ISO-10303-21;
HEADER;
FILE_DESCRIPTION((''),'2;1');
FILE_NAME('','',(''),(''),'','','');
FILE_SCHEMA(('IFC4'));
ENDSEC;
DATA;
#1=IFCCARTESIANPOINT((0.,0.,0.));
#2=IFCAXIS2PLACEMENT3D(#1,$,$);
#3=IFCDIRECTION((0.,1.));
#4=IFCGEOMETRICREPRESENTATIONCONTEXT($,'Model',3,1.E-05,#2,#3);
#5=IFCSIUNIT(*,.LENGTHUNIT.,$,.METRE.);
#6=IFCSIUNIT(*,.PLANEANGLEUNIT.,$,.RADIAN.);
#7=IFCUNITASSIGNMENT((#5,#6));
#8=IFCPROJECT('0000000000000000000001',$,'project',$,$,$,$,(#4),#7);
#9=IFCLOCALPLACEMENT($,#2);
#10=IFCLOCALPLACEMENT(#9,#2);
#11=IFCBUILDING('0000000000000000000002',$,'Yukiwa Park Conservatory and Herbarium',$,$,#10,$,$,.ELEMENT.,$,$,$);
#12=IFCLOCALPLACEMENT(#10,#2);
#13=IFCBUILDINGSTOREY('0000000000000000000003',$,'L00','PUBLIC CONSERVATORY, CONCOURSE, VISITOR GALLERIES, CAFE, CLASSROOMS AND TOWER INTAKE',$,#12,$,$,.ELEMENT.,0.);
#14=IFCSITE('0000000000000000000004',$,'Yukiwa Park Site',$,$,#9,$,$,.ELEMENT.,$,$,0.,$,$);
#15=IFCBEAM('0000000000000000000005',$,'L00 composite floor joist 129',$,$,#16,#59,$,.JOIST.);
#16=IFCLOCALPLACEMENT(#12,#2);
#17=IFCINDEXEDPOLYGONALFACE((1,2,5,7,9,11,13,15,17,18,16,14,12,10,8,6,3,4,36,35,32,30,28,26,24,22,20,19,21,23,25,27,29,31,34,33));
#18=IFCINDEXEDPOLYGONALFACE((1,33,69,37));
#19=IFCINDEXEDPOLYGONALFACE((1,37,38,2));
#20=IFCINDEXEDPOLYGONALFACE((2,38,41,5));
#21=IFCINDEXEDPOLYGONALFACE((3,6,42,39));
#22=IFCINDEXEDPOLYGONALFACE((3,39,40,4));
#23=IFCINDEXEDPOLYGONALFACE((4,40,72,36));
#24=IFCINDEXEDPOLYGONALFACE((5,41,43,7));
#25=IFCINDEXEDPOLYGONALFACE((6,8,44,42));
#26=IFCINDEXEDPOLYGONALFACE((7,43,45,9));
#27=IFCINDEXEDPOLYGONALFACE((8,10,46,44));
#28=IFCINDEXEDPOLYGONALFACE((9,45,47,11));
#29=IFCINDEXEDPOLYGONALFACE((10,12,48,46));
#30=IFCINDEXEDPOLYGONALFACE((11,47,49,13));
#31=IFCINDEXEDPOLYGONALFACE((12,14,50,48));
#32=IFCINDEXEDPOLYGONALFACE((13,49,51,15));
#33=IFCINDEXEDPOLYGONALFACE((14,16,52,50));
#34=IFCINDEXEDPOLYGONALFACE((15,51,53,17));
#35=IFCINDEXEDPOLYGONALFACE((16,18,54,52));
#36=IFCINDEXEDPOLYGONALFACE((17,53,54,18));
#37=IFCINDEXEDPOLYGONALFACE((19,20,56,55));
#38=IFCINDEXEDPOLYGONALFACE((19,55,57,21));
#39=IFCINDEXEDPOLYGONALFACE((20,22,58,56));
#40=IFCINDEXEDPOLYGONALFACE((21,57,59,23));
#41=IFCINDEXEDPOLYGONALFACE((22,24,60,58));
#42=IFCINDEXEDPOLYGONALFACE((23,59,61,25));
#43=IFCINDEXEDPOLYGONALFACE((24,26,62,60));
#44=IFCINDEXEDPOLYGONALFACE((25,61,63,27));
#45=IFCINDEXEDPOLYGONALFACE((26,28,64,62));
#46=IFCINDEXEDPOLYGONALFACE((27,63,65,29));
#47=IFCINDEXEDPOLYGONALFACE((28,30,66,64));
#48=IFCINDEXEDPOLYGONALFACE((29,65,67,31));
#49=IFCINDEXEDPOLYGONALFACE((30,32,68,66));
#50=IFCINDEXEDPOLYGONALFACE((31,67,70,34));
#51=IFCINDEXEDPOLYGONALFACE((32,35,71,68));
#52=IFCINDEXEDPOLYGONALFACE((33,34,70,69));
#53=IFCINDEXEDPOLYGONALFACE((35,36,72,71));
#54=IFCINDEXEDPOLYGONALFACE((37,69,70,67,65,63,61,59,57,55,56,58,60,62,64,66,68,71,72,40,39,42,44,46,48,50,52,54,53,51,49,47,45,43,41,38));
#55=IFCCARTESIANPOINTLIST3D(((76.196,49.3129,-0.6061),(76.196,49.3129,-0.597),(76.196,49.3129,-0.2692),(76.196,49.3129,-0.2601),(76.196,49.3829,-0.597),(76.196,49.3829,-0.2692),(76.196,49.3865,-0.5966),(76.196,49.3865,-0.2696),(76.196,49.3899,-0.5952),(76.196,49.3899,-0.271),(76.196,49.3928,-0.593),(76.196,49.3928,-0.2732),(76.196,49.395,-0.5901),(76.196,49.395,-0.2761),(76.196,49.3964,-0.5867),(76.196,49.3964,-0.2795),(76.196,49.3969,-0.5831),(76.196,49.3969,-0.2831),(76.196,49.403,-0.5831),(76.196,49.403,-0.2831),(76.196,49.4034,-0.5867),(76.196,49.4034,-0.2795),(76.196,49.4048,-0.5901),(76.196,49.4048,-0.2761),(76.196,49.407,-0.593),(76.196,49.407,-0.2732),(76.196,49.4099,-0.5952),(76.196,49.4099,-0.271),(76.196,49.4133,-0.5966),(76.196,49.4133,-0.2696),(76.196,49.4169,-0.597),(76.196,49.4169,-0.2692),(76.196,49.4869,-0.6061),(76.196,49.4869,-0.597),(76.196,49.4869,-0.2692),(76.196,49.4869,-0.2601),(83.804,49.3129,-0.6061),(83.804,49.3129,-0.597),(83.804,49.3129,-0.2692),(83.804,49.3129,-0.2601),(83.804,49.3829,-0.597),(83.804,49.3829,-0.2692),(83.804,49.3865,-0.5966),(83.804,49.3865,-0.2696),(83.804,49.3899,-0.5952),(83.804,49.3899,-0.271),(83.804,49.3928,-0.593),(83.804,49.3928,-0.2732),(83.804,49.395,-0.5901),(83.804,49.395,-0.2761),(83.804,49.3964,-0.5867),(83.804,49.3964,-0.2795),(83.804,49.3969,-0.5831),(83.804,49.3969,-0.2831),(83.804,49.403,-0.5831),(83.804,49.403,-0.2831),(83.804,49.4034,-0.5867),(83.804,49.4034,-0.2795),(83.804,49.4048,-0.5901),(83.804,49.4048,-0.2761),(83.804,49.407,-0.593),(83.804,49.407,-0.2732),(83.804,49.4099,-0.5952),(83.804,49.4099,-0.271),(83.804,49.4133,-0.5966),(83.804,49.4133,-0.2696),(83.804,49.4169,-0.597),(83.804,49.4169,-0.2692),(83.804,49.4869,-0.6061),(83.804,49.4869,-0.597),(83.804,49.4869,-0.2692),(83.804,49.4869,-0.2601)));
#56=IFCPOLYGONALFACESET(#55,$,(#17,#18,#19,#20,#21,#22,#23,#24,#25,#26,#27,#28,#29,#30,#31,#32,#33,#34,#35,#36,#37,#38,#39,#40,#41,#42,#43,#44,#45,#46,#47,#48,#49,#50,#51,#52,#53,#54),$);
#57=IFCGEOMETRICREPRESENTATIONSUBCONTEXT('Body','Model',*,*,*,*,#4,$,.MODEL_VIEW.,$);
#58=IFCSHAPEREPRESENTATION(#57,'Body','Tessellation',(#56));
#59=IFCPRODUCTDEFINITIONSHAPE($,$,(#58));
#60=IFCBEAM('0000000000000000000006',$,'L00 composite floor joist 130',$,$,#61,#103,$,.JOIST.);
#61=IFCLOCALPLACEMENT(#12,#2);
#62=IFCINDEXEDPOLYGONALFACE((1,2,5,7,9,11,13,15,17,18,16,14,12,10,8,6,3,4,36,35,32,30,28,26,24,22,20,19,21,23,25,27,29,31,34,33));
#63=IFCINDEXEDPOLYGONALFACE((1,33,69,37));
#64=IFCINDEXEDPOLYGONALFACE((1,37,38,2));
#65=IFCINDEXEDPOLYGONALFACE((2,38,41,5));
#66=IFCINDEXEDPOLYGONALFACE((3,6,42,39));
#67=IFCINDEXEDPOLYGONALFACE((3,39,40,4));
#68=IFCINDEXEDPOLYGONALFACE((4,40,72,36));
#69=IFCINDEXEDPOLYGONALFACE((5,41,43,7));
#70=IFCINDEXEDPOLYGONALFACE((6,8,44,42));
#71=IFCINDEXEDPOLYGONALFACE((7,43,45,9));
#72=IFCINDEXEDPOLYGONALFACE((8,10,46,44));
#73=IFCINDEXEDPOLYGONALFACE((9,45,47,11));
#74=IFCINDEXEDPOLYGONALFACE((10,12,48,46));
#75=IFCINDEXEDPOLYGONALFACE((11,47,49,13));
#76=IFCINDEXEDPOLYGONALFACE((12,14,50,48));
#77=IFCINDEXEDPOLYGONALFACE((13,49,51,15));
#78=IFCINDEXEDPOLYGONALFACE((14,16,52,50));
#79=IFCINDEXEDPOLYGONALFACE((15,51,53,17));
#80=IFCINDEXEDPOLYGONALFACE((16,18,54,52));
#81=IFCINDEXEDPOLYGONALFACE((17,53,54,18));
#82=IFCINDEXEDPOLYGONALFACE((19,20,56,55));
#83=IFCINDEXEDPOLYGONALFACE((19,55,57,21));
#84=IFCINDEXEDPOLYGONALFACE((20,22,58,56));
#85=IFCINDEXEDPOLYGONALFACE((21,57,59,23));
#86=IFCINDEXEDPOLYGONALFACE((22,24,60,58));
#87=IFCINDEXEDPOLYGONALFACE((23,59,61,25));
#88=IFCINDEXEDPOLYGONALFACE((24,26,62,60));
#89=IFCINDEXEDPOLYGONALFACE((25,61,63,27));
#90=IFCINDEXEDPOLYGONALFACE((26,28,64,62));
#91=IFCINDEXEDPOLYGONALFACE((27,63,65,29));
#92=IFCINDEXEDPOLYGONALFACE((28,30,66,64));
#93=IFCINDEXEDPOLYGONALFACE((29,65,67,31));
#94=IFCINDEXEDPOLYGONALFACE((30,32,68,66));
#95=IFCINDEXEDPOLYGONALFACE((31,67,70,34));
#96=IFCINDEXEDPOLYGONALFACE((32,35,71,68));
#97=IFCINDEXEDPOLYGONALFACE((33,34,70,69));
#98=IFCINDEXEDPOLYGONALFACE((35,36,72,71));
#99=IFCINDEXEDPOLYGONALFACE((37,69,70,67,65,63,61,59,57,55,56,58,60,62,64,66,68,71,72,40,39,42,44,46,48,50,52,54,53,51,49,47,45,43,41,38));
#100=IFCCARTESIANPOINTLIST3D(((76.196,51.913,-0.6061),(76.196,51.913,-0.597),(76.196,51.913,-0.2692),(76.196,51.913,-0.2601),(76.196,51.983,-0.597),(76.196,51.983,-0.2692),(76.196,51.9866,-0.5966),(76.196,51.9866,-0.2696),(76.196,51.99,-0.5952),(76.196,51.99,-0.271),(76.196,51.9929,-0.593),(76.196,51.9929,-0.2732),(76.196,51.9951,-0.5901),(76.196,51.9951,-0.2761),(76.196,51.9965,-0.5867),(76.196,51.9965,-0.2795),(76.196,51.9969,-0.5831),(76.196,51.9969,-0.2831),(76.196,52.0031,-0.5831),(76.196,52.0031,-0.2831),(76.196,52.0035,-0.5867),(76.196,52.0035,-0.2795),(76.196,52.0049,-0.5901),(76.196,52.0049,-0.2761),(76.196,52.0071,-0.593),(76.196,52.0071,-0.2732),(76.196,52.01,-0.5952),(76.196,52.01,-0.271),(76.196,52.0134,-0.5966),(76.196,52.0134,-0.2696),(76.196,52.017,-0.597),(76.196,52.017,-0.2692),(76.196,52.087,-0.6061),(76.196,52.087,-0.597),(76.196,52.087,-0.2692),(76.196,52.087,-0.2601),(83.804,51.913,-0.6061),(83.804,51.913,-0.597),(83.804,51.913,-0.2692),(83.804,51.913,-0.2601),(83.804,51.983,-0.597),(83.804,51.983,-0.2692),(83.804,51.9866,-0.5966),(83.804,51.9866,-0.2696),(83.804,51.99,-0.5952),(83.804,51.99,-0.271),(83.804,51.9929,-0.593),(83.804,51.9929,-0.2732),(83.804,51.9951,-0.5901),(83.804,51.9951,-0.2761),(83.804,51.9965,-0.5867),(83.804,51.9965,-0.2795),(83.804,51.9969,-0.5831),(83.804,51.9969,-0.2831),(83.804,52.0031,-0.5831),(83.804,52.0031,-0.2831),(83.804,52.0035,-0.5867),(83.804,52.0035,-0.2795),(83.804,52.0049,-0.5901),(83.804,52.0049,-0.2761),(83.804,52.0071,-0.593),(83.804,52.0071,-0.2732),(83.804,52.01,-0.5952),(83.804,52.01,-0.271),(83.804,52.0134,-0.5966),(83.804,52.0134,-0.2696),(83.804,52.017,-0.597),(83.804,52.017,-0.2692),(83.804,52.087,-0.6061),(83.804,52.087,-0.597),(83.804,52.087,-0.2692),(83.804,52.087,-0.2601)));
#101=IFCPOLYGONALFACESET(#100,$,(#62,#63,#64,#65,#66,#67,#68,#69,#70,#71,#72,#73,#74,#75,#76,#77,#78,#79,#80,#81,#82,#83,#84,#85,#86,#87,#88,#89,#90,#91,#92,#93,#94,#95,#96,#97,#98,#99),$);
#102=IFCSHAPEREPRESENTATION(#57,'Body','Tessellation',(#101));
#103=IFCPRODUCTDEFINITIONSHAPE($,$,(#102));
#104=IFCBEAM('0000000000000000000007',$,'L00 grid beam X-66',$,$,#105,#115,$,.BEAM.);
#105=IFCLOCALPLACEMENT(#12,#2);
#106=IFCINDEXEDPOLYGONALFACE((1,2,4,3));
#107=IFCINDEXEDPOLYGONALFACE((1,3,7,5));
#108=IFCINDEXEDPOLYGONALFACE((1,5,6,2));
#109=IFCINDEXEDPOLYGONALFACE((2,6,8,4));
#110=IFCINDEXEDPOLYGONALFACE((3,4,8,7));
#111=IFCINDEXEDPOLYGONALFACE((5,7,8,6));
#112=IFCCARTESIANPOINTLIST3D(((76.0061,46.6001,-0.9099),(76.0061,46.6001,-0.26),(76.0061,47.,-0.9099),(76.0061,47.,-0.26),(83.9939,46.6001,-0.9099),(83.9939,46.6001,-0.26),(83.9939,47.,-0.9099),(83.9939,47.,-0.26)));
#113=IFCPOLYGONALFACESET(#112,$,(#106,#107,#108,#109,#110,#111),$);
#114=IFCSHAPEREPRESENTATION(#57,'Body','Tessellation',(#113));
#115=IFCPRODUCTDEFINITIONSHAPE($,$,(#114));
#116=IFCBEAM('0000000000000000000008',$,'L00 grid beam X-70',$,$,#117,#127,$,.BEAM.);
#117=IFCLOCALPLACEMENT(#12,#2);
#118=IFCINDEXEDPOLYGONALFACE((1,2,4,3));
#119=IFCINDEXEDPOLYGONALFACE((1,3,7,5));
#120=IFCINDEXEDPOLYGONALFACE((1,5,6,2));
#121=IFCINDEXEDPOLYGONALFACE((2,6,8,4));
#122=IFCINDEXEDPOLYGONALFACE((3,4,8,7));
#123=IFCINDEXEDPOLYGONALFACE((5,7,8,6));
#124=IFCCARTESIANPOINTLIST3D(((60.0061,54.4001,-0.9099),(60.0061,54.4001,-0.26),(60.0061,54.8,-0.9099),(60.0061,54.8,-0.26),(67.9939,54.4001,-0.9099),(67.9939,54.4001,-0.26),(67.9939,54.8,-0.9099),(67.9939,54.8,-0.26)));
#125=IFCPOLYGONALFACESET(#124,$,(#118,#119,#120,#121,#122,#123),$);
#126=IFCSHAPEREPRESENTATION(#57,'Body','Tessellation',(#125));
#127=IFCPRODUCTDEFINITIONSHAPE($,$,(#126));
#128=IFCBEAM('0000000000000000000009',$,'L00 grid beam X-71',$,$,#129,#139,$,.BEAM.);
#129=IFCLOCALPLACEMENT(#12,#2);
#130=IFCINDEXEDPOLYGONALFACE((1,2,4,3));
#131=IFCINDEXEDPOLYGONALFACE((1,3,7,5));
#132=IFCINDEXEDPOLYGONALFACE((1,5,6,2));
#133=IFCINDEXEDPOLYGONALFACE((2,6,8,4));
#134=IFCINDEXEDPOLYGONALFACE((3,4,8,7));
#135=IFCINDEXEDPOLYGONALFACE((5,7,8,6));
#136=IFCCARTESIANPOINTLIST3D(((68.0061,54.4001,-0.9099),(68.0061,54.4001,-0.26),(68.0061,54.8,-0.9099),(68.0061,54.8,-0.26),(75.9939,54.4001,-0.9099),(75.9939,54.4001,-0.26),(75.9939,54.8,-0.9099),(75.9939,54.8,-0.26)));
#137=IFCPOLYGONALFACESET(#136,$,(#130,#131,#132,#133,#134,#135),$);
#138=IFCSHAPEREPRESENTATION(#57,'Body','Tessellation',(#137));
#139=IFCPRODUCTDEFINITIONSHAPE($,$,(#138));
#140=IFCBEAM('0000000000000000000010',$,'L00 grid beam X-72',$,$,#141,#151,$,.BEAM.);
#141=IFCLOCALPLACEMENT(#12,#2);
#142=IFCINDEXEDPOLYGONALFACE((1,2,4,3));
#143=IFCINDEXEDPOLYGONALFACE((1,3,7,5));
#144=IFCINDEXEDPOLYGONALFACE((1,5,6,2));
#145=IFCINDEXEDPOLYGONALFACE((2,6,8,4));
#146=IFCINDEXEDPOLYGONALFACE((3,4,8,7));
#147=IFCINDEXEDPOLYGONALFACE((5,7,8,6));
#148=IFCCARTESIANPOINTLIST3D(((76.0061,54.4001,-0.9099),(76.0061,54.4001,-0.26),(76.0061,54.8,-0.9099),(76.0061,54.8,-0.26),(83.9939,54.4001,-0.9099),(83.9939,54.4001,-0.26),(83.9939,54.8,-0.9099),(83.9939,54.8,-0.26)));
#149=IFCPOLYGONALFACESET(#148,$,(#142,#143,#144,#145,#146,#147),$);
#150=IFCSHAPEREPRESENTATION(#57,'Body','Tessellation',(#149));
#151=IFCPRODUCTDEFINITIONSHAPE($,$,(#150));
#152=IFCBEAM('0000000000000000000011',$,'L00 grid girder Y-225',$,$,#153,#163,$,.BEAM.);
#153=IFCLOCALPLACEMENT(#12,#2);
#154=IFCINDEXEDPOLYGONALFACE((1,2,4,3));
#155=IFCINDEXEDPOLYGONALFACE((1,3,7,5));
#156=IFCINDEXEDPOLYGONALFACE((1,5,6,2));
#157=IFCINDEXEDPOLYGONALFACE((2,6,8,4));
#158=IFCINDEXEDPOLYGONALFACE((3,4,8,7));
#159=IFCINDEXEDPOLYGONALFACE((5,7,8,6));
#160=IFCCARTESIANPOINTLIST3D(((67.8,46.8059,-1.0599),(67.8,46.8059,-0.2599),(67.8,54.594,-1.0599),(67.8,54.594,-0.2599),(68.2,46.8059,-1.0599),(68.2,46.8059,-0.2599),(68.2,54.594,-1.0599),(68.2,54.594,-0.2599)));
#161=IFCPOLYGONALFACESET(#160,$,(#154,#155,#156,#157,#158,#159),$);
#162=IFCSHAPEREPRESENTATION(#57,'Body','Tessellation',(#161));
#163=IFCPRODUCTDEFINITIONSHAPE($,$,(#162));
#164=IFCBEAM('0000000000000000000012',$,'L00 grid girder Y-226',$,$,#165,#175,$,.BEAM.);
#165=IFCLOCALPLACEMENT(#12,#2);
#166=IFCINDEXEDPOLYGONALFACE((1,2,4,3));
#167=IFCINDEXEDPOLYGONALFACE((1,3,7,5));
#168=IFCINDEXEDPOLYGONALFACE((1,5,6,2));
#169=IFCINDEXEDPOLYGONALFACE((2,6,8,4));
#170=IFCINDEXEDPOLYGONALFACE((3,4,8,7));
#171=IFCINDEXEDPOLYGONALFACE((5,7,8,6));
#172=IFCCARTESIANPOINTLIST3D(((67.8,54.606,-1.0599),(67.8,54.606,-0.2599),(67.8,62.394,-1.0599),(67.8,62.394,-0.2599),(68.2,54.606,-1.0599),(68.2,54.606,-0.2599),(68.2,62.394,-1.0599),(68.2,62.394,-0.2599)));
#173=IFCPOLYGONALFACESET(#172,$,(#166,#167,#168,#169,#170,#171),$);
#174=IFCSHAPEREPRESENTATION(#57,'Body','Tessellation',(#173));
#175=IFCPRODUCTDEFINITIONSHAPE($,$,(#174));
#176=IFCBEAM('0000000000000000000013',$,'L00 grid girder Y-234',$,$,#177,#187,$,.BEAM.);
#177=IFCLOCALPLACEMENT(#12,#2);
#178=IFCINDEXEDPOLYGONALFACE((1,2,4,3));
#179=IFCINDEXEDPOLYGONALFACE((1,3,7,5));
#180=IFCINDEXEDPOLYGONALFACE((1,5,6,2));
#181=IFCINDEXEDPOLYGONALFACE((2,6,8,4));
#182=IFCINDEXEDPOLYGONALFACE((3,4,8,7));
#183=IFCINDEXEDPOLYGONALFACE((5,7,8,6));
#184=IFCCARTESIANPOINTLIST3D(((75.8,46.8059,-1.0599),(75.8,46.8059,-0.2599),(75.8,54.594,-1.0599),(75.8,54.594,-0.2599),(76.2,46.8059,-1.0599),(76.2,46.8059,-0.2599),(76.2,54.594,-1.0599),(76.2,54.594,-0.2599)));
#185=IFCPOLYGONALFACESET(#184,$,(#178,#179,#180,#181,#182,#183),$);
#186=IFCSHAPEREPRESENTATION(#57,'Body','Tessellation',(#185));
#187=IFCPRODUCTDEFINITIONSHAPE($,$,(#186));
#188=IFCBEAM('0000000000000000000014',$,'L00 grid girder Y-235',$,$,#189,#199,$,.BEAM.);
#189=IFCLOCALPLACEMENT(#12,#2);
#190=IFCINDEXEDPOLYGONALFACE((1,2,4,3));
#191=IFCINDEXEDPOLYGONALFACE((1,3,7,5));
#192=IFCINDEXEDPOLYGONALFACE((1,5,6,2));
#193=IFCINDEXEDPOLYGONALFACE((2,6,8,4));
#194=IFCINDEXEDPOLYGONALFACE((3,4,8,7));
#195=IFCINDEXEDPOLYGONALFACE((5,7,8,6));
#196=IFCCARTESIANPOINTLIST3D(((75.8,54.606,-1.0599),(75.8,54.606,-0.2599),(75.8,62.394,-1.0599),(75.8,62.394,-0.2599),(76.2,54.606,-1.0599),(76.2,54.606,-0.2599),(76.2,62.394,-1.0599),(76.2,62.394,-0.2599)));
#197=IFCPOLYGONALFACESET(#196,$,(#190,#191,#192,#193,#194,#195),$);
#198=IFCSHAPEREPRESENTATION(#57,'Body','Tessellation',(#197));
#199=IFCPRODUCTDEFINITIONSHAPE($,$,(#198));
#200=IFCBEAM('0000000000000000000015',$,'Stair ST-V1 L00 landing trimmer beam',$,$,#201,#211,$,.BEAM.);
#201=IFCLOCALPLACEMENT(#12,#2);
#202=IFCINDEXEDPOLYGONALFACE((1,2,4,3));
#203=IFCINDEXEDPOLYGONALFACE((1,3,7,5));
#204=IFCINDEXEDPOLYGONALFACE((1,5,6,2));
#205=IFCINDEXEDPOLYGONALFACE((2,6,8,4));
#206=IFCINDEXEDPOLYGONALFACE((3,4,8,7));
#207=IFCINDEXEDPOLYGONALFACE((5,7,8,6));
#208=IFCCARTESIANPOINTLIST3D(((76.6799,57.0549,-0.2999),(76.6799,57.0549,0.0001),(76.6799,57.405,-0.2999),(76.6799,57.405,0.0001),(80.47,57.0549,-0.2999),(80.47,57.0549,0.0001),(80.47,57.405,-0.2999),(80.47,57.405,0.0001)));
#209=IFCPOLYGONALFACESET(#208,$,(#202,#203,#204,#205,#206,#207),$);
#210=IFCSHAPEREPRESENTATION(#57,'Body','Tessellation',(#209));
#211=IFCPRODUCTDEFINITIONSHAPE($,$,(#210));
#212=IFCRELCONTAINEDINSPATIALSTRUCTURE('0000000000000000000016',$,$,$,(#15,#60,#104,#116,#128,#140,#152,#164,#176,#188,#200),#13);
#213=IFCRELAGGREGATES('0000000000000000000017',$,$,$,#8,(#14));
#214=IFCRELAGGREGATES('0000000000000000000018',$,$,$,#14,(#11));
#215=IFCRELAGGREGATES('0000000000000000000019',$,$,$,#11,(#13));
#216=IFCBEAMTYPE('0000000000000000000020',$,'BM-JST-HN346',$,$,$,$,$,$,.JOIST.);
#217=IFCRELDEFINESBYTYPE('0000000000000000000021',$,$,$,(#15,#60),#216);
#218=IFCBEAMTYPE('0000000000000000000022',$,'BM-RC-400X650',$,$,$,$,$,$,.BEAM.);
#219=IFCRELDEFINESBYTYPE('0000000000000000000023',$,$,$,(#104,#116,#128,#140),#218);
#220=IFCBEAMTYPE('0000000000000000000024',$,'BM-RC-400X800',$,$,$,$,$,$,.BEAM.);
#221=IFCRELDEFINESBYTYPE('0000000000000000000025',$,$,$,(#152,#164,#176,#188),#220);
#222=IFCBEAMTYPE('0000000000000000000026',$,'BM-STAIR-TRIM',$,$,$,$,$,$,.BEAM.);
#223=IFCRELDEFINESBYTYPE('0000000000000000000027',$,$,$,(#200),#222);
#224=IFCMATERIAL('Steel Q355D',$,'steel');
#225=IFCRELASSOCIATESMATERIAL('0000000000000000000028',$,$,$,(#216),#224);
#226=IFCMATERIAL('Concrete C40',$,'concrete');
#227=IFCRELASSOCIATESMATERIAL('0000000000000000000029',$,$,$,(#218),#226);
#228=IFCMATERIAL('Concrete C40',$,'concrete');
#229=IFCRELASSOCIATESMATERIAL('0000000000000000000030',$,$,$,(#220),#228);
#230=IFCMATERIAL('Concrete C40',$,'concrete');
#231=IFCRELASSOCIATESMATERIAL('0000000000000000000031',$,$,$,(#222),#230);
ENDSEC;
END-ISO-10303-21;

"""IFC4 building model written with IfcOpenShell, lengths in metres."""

from ifc_helpers import new_model, si_unit, direction, frame, origin, origin_2d, place, context, subcontext, project, spatial, rectangle, i_section, extrude, material, material_profile, profile_set, type_object, element, save


model = new_model("IFC4")

# Units and contexts
model_context = context("Model", 3, precision=1e-05, world=origin(), true_north=direction((0.0, 1.0)))
body_context = subcontext(model_context, "Body", "Model", "MODEL_VIEW")
ifc_project = project(units=[si_unit("LENGTHUNIT", "METRE"), si_unit("PLANEANGLEUNIT", "RADIAN")], contexts=[model_context])

# Site, building, storey
site_placement = place(None, origin())
site = spatial("IfcSite", under=ifc_project, at=site_placement, Name="Yukiwa Park Site", CompositionType="ELEMENT", RefElevation=0.0)
building_placement = place(site_placement, origin())
building = spatial("IfcBuilding", under=site, at=building_placement, Name="Yukiwa Park Conservatory and Herbarium", CompositionType="ELEMENT")
storey_placement = place(building_placement, origin())
storey = spatial("IfcBuildingStorey", under=building, at=storey_placement, Name="L00", Description="PUBLIC CONSERVATORY, CONCOURSE, VISITOR GALLERIES, CAFE, CLASSROOMS AND TOWER INTAKE", CompositionType="ELEMENT", Elevation=0.0)

# Beams
ifc_material_1 = material(Name="Steel Q355D", Category="steel")
ifc_material_profile_1 = material_profile(ifc_material_1, i_section(OverallWidth=0.1741, OverallDepth=0.3459, WebThickness=0.0061, FlangeThickness=0.009, FilletRadius=0.0139, at=origin_2d()), Name="HN 346x174x6x9")
ifc_profile_set_1 = profile_set([ifc_material_profile_1], Name="Steel Q355D")
beam_type_1 = type_object("IfcBeamType", Name="BM-JST-HN346", PredefinedType="JOIST", material=ifc_profile_set_1)
for number, where, z_axis, x_axis, name in (
    (1, (76.196, 49.3999, -0.4331), (1.0, 0.0, 0.0), (0.0, 1.0, 0.0), "L00 composite floor joist 129"),
    (2, (76.196, 52.0, -0.4331), (1.0, 0.0, 0.0), (0.0, 1.0, 0.0), "L00 composite floor joist 130"),
):
    element("IfcBeam", number, at=place(storey_placement, frame(where, z_axis=z_axis, x_axis=x_axis)), inside=storey, type_object=beam_type_1, Name=name, PredefinedType="JOIST", context=body_context, shape_type="SweptSolid", body=[
        extrude(i_section(OverallWidth=0.1741, OverallDepth=0.3459, WebThickness=0.0061, FlangeThickness=0.009, FilletRadius=0.0139, at=origin_2d()), origin(), (0.0, 0.0, 1.0), 7.6079),
    ])
ifc_material_2 = material(Name="Concrete C40", Category="concrete")
ifc_material_profile_2 = material_profile(ifc_material_2, rectangle(XDim=0.3999, YDim=0.6499, at=origin_2d()), Name="RC 400x650")
ifc_profile_set_2 = profile_set([ifc_material_profile_2], Name="Concrete C40")
beam_type_2 = type_object("IfcBeamType", Name="BM-RC-400X650", PredefinedType="BEAM", material=ifc_profile_set_2)
for number, where, z_axis, x_axis, name in (
    (3, (76.0061, 46.8, -0.585), (1.0, 0.0, 0.0), (0.0, 1.0, 0.0), "L00 grid beam X-66"),
    (4, (60.0061, 54.6001, -0.585), (1.0, 0.0, 0.0), (0.0, 1.0, 0.0), "L00 grid beam X-70"),
    (5, (68.0061, 54.6001, -0.585), (1.0, 0.0, 0.0), (0.0, 1.0, 0.0), "L00 grid beam X-71"),
    (6, (76.0061, 54.6001, -0.585), (1.0, 0.0, 0.0), (0.0, 1.0, 0.0), "L00 grid beam X-72"),
):
    element("IfcBeam", number, at=place(storey_placement, frame(where, z_axis=z_axis, x_axis=x_axis)), inside=storey, type_object=beam_type_2, Name=name, PredefinedType="BEAM", context=body_context, shape_type="SweptSolid", body=[
        extrude(rectangle(XDim=0.3999, YDim=0.6499, at=origin_2d()), origin(), (0.0, 0.0, 1.0), 7.9878),
    ])
ifc_material_3 = material(Name="Concrete C40", Category="concrete")
ifc_material_profile_3 = material_profile(ifc_material_3, rectangle(XDim=0.3999, YDim=0.8, at=origin_2d()), Name="RC 400x800")
ifc_profile_set_3 = profile_set([ifc_material_profile_3], Name="Concrete C40")
beam_type_3 = type_object("IfcBeamType", Name="BM-RC-400X800", PredefinedType="BEAM", material=ifc_profile_set_3)
for number, where, z_axis, x_axis, name in (
    (7, (68.0, 46.8059, -0.6599), (0.0, 1.0, 0.0), (-1.0, 0.0, 0.0), "L00 grid girder Y-225"),
    (8, (68.0, 54.606, -0.6599), (0.0, 1.0, 0.0), (-1.0, 0.0, 0.0), "L00 grid girder Y-226"),
    (9, (76.0, 46.8059, -0.6599), (0.0, 1.0, 0.0), (-1.0, 0.0, 0.0), "L00 grid girder Y-234"),
    (10, (76.0, 54.606, -0.6599), (0.0, 1.0, 0.0), (-1.0, 0.0, 0.0), "L00 grid girder Y-235"),
):
    element("IfcBeam", number, at=place(storey_placement, frame(where, z_axis=z_axis, x_axis=x_axis)), inside=storey, type_object=beam_type_3, Name=name, PredefinedType="BEAM", context=body_context, shape_type="SweptSolid", body=[
        extrude(rectangle(XDim=0.3999, YDim=0.8, at=origin_2d()), origin(), (0.0, 0.0, 1.0), 7.7881),
    ])
ifc_material_4 = material(Name="Concrete C40", Category="concrete")
ifc_material_profile_4 = material_profile(ifc_material_4, rectangle(XDim=0.3501, YDim=0.3, at=origin_2d()), Name="RC 350x300")
ifc_profile_set_4 = profile_set([ifc_material_profile_4], Name="Concrete C40")
beam_type_4 = type_object("IfcBeamType", Name="BM-STAIR-TRIM", PredefinedType="BEAM", material=ifc_profile_set_4)
beam_placement = place(storey_placement, frame((76.6799, 57.23, -0.1499), z_axis=(1.0, 0.0, 0.0), x_axis=(0.0, 1.0, 0.0)))
element("IfcBeam", 11, at=beam_placement, inside=storey, type_object=beam_type_4, Name="Stair ST-V1 L00 landing trimmer beam", PredefinedType="BEAM", context=body_context, shape_type="SweptSolid", body=[
    extrude(rectangle(XDim=0.3501, YDim=0.3, at=origin_2d()), origin(), (0.0, 0.0, 1.0), 3.79),
])

save(model, "model.ifc")
